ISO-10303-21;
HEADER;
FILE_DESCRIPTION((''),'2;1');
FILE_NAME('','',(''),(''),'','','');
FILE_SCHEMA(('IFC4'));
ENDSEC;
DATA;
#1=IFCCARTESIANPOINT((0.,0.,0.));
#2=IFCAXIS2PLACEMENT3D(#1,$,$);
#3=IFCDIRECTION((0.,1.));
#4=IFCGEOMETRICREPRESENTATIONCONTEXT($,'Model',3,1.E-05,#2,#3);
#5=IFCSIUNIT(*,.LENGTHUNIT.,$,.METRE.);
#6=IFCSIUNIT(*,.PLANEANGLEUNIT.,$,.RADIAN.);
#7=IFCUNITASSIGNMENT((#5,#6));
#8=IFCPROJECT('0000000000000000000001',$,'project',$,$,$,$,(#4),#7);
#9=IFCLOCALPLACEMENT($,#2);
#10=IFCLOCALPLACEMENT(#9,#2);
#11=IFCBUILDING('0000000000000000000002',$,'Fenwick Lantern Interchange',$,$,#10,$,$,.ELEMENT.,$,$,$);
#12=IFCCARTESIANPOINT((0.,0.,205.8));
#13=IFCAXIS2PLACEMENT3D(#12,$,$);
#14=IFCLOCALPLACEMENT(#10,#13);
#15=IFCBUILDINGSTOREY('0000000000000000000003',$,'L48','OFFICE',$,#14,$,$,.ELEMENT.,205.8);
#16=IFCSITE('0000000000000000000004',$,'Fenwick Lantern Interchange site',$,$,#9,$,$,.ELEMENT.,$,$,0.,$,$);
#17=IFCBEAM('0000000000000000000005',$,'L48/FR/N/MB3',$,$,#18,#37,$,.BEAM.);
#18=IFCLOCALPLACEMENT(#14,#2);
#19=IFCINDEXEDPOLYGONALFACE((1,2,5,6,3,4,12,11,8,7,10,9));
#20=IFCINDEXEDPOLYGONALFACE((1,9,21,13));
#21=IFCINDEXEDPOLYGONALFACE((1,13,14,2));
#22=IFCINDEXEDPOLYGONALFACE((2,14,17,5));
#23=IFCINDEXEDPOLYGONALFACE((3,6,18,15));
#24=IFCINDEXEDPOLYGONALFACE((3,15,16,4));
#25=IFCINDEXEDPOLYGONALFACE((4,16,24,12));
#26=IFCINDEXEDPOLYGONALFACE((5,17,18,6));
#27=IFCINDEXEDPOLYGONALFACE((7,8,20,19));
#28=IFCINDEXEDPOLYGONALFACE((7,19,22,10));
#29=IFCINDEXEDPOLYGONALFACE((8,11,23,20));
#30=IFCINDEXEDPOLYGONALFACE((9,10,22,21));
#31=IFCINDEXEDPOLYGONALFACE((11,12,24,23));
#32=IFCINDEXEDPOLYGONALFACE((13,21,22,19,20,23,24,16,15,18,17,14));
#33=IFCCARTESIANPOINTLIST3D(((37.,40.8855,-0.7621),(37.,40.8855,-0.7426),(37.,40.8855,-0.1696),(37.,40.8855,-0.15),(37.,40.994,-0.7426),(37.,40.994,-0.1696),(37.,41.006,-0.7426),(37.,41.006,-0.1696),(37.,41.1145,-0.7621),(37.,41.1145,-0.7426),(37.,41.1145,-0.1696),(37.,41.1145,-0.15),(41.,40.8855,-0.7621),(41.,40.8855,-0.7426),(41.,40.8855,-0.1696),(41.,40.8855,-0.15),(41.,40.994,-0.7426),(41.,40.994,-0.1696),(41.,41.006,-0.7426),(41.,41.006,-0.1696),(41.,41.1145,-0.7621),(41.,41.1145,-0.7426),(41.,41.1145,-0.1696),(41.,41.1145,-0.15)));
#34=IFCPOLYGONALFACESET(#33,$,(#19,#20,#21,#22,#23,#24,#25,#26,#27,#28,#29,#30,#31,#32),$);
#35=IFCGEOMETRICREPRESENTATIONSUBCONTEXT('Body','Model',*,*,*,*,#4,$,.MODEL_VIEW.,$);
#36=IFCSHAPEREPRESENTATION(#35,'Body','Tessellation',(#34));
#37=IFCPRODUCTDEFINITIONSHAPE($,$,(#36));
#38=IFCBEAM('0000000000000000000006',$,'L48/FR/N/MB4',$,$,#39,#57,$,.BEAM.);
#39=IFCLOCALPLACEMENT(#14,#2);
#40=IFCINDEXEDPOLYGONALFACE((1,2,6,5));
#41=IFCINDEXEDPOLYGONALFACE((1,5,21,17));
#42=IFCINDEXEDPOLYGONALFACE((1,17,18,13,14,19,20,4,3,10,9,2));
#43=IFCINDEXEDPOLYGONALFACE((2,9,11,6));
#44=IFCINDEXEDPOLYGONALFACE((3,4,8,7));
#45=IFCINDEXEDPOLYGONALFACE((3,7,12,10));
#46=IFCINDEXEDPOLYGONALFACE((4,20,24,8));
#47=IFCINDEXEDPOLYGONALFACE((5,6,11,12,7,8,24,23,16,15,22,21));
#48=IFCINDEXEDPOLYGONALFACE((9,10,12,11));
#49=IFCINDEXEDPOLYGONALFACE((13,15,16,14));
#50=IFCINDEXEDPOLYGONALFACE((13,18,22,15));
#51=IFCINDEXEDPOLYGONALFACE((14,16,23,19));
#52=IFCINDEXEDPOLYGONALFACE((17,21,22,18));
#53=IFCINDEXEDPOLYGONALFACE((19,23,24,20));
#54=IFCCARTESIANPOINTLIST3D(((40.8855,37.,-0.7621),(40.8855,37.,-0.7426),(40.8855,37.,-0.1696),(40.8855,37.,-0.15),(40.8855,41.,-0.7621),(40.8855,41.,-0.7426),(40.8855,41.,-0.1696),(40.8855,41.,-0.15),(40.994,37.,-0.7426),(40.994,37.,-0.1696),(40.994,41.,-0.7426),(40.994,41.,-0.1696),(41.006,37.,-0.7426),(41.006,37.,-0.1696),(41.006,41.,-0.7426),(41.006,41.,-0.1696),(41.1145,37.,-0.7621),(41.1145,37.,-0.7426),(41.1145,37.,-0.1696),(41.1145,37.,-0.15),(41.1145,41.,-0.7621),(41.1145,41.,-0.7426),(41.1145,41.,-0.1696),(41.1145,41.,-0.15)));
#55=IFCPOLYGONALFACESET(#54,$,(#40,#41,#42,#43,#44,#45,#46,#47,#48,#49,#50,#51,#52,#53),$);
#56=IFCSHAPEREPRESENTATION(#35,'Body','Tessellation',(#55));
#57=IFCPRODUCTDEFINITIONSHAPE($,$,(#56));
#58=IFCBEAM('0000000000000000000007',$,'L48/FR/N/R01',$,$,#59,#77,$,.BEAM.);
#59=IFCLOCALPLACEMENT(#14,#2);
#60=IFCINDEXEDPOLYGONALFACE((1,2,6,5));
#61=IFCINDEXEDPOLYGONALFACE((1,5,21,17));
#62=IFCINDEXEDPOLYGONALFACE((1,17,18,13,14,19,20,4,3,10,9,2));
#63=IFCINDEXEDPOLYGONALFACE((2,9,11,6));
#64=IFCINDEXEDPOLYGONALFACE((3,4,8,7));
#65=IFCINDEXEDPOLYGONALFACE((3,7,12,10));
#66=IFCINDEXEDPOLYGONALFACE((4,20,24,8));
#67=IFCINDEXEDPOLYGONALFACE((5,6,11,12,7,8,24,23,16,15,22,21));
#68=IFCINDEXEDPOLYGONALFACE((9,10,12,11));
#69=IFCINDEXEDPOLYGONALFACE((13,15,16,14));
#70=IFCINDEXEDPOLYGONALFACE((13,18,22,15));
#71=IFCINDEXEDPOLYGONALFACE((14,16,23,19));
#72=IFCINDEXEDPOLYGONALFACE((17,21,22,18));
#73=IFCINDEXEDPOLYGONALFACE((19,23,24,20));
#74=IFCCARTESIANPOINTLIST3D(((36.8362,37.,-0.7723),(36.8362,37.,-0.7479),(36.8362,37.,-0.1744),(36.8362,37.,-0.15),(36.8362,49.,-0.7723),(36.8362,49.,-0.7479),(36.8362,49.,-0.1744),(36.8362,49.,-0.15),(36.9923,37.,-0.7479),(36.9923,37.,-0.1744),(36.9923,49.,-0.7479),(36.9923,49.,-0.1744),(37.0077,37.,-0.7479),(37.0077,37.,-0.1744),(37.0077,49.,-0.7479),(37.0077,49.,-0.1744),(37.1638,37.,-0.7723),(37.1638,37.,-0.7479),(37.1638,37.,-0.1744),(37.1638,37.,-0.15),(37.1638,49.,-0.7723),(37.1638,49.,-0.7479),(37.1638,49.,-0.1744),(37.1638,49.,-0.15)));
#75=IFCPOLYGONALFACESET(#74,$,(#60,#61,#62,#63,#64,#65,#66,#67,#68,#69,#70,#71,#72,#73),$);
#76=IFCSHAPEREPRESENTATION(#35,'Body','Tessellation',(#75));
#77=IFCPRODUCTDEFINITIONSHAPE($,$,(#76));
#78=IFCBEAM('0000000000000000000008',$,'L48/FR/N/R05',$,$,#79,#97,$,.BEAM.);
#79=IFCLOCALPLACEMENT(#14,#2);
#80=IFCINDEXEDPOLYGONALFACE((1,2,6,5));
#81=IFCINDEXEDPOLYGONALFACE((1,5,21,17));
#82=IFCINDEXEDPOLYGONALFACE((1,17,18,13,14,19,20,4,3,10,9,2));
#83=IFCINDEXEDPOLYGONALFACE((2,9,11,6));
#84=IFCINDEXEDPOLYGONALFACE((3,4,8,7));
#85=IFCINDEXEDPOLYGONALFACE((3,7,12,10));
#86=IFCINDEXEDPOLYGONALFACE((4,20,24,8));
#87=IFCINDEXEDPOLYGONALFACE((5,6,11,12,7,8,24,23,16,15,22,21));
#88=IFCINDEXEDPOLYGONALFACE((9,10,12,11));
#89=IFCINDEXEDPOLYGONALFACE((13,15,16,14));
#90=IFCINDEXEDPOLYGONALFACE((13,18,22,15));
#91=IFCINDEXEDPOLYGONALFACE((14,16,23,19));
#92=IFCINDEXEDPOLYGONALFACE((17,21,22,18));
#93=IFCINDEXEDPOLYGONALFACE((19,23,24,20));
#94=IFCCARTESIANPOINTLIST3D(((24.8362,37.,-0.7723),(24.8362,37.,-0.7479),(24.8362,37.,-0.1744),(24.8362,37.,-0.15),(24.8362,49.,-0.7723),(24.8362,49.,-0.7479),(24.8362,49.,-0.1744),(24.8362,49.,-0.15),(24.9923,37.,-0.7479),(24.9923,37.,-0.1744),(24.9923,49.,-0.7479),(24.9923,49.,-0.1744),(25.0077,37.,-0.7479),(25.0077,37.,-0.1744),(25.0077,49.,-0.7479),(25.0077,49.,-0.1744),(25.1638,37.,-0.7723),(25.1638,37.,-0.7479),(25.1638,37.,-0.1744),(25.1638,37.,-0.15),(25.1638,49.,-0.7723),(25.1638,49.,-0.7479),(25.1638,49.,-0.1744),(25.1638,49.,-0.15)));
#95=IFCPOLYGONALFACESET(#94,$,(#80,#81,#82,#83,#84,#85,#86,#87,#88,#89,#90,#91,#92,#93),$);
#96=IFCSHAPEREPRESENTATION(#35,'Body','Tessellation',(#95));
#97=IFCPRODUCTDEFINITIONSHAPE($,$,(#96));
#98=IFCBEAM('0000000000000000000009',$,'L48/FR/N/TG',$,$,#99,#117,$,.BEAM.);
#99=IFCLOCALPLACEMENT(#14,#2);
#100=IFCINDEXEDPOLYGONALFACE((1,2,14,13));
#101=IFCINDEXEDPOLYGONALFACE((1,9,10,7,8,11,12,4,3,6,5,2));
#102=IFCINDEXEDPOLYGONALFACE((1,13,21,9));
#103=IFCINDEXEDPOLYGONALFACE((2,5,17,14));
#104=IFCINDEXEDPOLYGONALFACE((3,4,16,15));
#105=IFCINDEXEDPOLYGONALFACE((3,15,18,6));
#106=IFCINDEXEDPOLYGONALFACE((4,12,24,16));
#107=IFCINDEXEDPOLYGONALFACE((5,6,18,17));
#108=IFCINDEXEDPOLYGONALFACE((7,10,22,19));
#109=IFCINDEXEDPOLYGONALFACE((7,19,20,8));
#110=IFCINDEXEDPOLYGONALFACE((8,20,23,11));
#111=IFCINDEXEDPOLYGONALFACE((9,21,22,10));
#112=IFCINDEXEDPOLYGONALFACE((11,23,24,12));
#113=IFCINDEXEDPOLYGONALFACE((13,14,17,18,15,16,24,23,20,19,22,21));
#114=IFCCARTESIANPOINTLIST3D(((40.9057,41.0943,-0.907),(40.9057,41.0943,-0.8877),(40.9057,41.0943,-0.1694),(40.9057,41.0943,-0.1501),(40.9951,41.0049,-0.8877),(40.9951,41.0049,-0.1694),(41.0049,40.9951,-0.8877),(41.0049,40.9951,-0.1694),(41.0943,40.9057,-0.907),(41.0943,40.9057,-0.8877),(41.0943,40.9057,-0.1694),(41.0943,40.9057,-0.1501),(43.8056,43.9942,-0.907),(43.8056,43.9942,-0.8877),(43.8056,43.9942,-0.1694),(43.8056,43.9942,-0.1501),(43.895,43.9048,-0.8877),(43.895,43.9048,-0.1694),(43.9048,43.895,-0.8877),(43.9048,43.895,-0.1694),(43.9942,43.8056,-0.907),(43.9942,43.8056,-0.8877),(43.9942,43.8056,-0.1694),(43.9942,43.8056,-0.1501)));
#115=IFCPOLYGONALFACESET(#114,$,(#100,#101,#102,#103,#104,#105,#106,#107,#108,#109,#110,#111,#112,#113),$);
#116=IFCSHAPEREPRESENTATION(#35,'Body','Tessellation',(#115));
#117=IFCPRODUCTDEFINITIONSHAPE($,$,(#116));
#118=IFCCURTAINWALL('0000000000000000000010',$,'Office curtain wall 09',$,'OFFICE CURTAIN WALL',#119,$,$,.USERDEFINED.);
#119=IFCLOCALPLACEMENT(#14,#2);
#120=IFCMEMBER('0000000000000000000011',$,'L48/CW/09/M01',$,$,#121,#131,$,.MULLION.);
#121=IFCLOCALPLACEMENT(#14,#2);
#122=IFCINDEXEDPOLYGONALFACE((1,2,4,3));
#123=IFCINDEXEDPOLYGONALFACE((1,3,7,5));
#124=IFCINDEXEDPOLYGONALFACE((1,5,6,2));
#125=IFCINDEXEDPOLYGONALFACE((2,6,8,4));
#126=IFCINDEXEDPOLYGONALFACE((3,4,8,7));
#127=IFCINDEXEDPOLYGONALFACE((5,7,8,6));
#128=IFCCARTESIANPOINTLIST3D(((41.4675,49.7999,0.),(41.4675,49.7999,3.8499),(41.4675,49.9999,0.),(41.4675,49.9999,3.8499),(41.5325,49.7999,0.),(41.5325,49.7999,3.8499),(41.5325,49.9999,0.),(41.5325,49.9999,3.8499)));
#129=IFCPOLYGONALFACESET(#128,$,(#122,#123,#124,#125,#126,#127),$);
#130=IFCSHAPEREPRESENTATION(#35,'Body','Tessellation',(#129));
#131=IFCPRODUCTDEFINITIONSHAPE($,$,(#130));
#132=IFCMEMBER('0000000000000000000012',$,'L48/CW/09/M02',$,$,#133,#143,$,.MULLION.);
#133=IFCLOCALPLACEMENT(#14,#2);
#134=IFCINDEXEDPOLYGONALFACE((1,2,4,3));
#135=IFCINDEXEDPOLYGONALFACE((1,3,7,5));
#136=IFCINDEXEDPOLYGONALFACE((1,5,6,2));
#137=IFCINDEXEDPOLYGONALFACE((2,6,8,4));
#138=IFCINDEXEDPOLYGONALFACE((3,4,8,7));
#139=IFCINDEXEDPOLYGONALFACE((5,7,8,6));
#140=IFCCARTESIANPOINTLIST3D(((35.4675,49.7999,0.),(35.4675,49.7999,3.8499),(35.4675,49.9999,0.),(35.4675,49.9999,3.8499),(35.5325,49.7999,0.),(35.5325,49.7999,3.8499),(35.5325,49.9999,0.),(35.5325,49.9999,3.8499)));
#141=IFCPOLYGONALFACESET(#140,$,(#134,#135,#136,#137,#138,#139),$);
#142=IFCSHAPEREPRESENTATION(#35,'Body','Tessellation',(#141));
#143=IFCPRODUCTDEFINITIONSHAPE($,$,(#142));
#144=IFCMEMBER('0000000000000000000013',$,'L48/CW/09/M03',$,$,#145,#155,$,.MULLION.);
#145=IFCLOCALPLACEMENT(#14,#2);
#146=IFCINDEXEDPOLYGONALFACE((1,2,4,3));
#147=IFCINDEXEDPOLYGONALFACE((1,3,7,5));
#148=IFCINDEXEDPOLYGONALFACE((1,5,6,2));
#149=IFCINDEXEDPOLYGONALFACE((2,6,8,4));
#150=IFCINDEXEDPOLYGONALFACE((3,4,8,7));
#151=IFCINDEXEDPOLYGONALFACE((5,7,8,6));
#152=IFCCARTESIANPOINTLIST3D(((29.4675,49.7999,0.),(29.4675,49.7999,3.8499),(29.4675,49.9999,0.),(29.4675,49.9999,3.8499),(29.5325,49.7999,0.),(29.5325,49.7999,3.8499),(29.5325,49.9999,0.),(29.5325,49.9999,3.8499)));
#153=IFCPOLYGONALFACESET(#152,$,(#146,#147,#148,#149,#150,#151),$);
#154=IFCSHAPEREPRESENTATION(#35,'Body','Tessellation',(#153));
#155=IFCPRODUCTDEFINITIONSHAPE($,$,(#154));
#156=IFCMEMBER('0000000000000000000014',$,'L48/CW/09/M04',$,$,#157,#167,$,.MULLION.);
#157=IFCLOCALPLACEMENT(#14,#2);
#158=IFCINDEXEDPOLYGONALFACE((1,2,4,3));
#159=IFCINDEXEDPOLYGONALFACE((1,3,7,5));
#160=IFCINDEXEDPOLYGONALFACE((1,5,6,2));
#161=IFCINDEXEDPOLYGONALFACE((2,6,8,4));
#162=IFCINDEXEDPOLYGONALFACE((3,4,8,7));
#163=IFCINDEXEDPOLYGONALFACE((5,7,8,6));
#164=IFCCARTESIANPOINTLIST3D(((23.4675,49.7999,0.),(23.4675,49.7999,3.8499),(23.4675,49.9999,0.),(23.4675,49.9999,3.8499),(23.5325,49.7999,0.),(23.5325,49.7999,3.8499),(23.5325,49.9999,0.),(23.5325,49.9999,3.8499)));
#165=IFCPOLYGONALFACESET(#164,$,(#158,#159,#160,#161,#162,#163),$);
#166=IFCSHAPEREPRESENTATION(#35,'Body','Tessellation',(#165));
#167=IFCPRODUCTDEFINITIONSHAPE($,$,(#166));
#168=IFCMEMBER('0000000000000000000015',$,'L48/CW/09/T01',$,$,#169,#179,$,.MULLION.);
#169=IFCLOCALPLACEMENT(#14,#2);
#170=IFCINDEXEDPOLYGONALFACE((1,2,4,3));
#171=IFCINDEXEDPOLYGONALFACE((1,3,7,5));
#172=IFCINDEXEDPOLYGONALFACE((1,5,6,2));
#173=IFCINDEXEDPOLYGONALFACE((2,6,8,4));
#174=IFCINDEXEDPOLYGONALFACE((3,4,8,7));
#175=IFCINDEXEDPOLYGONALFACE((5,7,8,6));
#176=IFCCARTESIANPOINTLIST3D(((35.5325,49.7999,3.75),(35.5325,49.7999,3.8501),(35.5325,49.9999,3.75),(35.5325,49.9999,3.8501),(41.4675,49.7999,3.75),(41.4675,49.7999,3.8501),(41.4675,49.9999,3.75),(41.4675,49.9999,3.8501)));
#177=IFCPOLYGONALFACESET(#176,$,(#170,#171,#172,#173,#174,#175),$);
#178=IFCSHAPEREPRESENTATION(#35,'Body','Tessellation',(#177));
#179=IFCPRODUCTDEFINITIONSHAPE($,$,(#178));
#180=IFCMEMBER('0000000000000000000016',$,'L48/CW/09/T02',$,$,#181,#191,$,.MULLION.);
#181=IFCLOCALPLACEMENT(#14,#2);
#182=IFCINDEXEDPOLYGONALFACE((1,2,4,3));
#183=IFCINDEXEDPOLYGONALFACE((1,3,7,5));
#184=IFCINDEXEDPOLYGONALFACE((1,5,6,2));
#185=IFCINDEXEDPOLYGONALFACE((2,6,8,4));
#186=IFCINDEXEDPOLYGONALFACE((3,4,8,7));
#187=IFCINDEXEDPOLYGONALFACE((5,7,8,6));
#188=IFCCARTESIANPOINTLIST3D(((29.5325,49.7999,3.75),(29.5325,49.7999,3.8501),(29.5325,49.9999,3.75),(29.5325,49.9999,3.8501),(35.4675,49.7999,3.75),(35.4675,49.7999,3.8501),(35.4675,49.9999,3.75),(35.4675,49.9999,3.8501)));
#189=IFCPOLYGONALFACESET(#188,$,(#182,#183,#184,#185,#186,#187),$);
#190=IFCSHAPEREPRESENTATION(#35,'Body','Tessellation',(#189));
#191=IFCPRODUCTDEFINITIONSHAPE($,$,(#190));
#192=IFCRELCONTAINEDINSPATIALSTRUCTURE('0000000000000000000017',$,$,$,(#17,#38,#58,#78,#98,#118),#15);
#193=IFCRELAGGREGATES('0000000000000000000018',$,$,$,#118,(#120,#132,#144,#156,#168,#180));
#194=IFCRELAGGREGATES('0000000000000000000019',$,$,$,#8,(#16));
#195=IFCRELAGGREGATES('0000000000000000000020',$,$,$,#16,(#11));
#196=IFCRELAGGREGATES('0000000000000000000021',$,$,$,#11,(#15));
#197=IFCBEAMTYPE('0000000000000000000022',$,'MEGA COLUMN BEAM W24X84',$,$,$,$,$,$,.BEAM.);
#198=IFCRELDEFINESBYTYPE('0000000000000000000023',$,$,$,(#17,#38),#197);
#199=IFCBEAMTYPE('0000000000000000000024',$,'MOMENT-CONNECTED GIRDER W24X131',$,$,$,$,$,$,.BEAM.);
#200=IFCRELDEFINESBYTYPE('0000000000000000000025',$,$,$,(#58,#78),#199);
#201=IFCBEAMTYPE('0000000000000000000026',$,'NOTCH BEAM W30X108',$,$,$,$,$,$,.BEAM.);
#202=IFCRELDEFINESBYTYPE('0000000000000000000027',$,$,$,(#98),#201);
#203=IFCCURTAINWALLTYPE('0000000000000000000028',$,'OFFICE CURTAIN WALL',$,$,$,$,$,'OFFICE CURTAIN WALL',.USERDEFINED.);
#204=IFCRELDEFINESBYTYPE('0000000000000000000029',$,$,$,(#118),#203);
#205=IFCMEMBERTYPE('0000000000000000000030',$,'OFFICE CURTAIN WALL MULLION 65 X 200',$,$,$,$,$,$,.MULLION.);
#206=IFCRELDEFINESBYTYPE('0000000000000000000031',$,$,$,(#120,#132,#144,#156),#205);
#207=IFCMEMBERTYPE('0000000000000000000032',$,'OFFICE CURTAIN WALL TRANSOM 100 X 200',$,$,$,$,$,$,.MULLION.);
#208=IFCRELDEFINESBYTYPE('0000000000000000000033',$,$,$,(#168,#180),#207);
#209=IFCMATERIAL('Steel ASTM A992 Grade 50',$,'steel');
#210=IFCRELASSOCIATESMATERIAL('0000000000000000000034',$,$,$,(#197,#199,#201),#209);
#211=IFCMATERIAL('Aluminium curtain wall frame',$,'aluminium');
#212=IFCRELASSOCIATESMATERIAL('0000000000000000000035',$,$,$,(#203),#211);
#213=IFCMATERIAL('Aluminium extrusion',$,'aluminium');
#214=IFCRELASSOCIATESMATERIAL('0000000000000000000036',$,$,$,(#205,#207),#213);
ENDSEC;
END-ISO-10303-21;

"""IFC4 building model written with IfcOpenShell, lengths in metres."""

from ifc_helpers import new_model, si_unit, direction, frame, origin, origin_2d, place, context, subcontext, project, spatial, rectangle, i_section, extrude, material, material_profile, profile_set, type_object, element, aggregate, save


model = new_model("IFC4")

# Units and contexts
model_context = context("Model", 3, precision=1e-05, world=origin(), true_north=direction((0.0, 1.0)))
body_context = subcontext(model_context, "Body", "Model", "MODEL_VIEW")
ifc_project = project(units=[si_unit("LENGTHUNIT", "METRE"), si_unit("PLANEANGLEUNIT", "RADIAN")], contexts=[model_context])

# Site, building, storey
site_placement = place(None, origin())
site = spatial("IfcSite", under=ifc_project, at=site_placement, Name="Fenwick Lantern Interchange site", CompositionType="ELEMENT", RefElevation=0.0)
building_placement = place(site_placement, origin())
building = spatial("IfcBuilding", under=site, at=building_placement, Name="Fenwick Lantern Interchange", CompositionType="ELEMENT")
storey_placement = place(building_placement, frame((0.0, 0.0, 205.8)))
storey = spatial("IfcBuildingStorey", under=building, at=storey_placement, Name="L48", Description="OFFICE", CompositionType="ELEMENT", Elevation=205.8)

# Beams
ifc_material_1 = material(Name="Steel ASTM A992 Grade 50", Category="steel")
ifc_material_profile_1 = material_profile(ifc_material_1, i_section(OverallWidth=0.229, OverallDepth=0.6121, WebThickness=0.012, FlangeThickness=0.0195, at=origin_2d()), Name="W24X84")
ifc_profile_set_1 = profile_set([ifc_material_profile_1], Name="Steel ASTM A992 Grade 50")
beam_type_1 = type_object("IfcBeamType", Name="MEGA COLUMN BEAM W24X84", PredefinedType="BEAM", material=ifc_profile_set_1)
for number, where, z_axis, x_axis, name in (
    (1, (41.0, 41.0, -0.4561), (-1.0, 0.0, 0.0), (0.0, -1.0, 0.0), "L48/FR/N/MB3"),
    (2, (41.0, 41.0, -0.4561), (0.0, -1.0, 0.0), (1.0, 0.0, 0.0), "L48/FR/N/MB4"),
):
    element("IfcBeam", number, at=place(storey_placement, frame(where, z_axis=z_axis, x_axis=x_axis)), inside=storey, type_object=beam_type_1, Name=name, PredefinedType="BEAM", context=body_context, shape_type="SweptSolid", body=[
        extrude(i_section(OverallWidth=0.229, OverallDepth=0.6121, WebThickness=0.012, FlangeThickness=0.0195, at=origin_2d()), origin(), (0.0, 0.0, 1.0), 4.0),
    ])
ifc_material_profile_2 = material_profile(ifc_material_1, i_section(OverallWidth=0.3276, OverallDepth=0.6223, WebThickness=0.0154, FlangeThickness=0.0244, at=origin_2d()), Name="W24X131")
ifc_profile_set_2 = profile_set([ifc_material_profile_2], Name="Steel ASTM A992 Grade 50")
beam_type_2 = type_object("IfcBeamType", Name="MOMENT-CONNECTED GIRDER W24X131", PredefinedType="BEAM", material=ifc_profile_set_2)
for number, where, z_axis, x_axis, name in (
    (3, (37.0, 49.0, -0.4612), (0.0, -1.0, 0.0), (1.0, 0.0, 0.0), "L48/FR/N/R01"),
    (4, (25.0, 49.0, -0.4612), (0.0, -1.0, 0.0), (1.0, 0.0, 0.0), "L48/FR/N/R05"),
):
    element("IfcBeam", number, at=place(storey_placement, frame(where, z_axis=z_axis, x_axis=x_axis)), inside=storey, type_object=beam_type_2, Name=name, PredefinedType="BEAM", context=body_context, shape_type="SweptSolid", body=[
        extrude(i_section(OverallWidth=0.3276, OverallDepth=0.6223, WebThickness=0.0154, FlangeThickness=0.0244, at=origin_2d()), origin(), (0.0, 0.0, 1.0), 12.0),
    ])
ifc_material_profile_3 = material_profile(ifc_material_1, i_section(OverallWidth=0.2666, OverallDepth=0.7568, WebThickness=0.0139, FlangeThickness=0.0193, at=origin_2d()), Name="W30X108")
ifc_profile_set_3 = profile_set([ifc_material_profile_3], Name="Steel ASTM A992 Grade 50")
beam_type_3 = type_object("IfcBeamType", Name="NOTCH BEAM W30X108", PredefinedType="BEAM", material=ifc_profile_set_3)
beam_1_placement = place(storey_placement, frame((41.0, 41.0, -0.5286), z_axis=(0.707107, 0.707107, 0.0), x_axis=(-0.707107, 0.707107, 0.0)))
element("IfcBeam", 5, at=beam_1_placement, inside=storey, type_object=beam_type_3, Name="L48/FR/N/TG", PredefinedType="BEAM", context=body_context, shape_type="SweptSolid", body=[
    extrude(i_section(OverallWidth=0.2666, OverallDepth=0.7568, WebThickness=0.0139, FlangeThickness=0.0193, at=origin_2d()), origin(), (0.0, 0.0, 1.0), 4.1011),
])

# Curtain wall, members
ifc_material_2 = material(Name="Aluminium curtain wall frame", Category="aluminium")
curtain_wall_type = type_object("IfcCurtainWallType", Name="OFFICE CURTAIN WALL", ElementType="OFFICE CURTAIN WALL", PredefinedType="USERDEFINED", material=ifc_material_2)
curtain_wall_placement = place(storey_placement, origin())
curtain_wall = element("IfcCurtainWall", 6, at=curtain_wall_placement, inside=storey, type_object=curtain_wall_type, Name="Office curtain wall 09", ObjectType="OFFICE CURTAIN WALL", PredefinedType="USERDEFINED")
ifc_material_3 = material(Name="Aluminium extrusion", Category="aluminium")
ifc_material_profile_4 = material_profile(ifc_material_3, rectangle(XDim=0.2, YDim=0.0649, at=origin_2d()), Name="OFFICE CURTAIN WALL MULLION 65 X 200")
ifc_profile_set_4 = profile_set([ifc_material_profile_4], Name="Aluminium extrusion")
member_type_1 = type_object("IfcMemberType", Name="OFFICE CURTAIN WALL MULLION 65 X 200", PredefinedType="MULLION", material=ifc_profile_set_4)
member_1_placement = place(storey_placement, frame((41.5, 49.8999, 0.0), z_axis=(0.0, 0.0, 1.0), x_axis=(0.0, -1.0, 0.0)))
member_1 = element("IfcMember", 7, at=member_1_placement, type_object=member_type_1, Name="L48/CW/09/M01", PredefinedType="MULLION", context=body_context, shape_type="SweptSolid", body=[
    extrude(rectangle(XDim=0.2, YDim=0.0649, at=origin_2d()), origin(), (0.0, 0.0, 1.0), 3.8499),
])
member_2_placement = place(storey_placement, frame((35.5, 49.8999, 0.0), z_axis=(0.0, 0.0, 1.0), x_axis=(0.0, -1.0, 0.0)))
member_2 = element("IfcMember", 8, at=member_2_placement, type_object=member_type_1, Name="L48/CW/09/M02", PredefinedType="MULLION", context=body_context, shape_type="SweptSolid", body=[
    extrude(rectangle(XDim=0.2, YDim=0.0649, at=origin_2d()), origin(), (0.0, 0.0, 1.0), 3.8499),
])
member_3_placement = place(storey_placement, frame((29.5, 49.8999, 0.0), z_axis=(0.0, 0.0, 1.0), x_axis=(0.0, -1.0, 0.0)))
member_3 = element("IfcMember", 9, at=member_3_placement, type_object=member_type_1, Name="L48/CW/09/M03", PredefinedType="MULLION", context=body_context, shape_type="SweptSolid", body=[
    extrude(rectangle(XDim=0.2, YDim=0.0649, at=origin_2d()), origin(), (0.0, 0.0, 1.0), 3.8499),
])
member_4_placement = place(storey_placement, frame((23.5, 49.8999, 0.0), z_axis=(0.0, 0.0, 1.0), x_axis=(0.0, -1.0, 0.0)))
member_4 = element("IfcMember", 10, at=member_4_placement, type_object=member_type_1, Name="L48/CW/09/M04", PredefinedType="MULLION", context=body_context, shape_type="SweptSolid", body=[
    extrude(rectangle(XDim=0.2, YDim=0.0649, at=origin_2d()), origin(), (0.0, 0.0, 1.0), 3.8499),
])
ifc_material_profile_5 = material_profile(ifc_material_3, rectangle(XDim=0.2, YDim=0.1001, at=origin_2d()), Name="OFFICE CURTAIN WALL TRANSOM 100 X 200")
ifc_profile_set_5 = profile_set([ifc_material_profile_5], Name="Aluminium extrusion")
member_type_2 = type_object("IfcMemberType", Name="OFFICE CURTAIN WALL TRANSOM 100 X 200", PredefinedType="MULLION", material=ifc_profile_set_5)
member_5_placement = place(storey_placement, frame((41.4675, 49.8999, 3.8), z_axis=(-1.0, 0.0, 0.0), x_axis=(0.0, -1.0, 0.0)))
member_5 = element("IfcMember", 11, at=member_5_placement, type_object=member_type_2, Name="L48/CW/09/T01", PredefinedType="MULLION", context=body_context, shape_type="SweptSolid", body=[
    extrude(rectangle(XDim=0.2, YDim=0.1001, at=origin_2d()), origin(), (0.0, 0.0, 1.0), 5.9351),
])
member_6_placement = place(storey_placement, frame((35.4675, 49.8999, 3.8), z_axis=(-1.0, 0.0, 0.0), x_axis=(0.0, -1.0, 0.0)))
member_6 = element("IfcMember", 12, at=member_6_placement, type_object=member_type_2, Name="L48/CW/09/T02", PredefinedType="MULLION", context=body_context, shape_type="SweptSolid", body=[
    extrude(rectangle(XDim=0.2, YDim=0.1001, at=origin_2d()), origin(), (0.0, 0.0, 1.0), 5.9351),
])
aggregate(curtain_wall, [member_1, member_2, member_3, member_4, member_5, member_6])

save(model, "model.ifc")
